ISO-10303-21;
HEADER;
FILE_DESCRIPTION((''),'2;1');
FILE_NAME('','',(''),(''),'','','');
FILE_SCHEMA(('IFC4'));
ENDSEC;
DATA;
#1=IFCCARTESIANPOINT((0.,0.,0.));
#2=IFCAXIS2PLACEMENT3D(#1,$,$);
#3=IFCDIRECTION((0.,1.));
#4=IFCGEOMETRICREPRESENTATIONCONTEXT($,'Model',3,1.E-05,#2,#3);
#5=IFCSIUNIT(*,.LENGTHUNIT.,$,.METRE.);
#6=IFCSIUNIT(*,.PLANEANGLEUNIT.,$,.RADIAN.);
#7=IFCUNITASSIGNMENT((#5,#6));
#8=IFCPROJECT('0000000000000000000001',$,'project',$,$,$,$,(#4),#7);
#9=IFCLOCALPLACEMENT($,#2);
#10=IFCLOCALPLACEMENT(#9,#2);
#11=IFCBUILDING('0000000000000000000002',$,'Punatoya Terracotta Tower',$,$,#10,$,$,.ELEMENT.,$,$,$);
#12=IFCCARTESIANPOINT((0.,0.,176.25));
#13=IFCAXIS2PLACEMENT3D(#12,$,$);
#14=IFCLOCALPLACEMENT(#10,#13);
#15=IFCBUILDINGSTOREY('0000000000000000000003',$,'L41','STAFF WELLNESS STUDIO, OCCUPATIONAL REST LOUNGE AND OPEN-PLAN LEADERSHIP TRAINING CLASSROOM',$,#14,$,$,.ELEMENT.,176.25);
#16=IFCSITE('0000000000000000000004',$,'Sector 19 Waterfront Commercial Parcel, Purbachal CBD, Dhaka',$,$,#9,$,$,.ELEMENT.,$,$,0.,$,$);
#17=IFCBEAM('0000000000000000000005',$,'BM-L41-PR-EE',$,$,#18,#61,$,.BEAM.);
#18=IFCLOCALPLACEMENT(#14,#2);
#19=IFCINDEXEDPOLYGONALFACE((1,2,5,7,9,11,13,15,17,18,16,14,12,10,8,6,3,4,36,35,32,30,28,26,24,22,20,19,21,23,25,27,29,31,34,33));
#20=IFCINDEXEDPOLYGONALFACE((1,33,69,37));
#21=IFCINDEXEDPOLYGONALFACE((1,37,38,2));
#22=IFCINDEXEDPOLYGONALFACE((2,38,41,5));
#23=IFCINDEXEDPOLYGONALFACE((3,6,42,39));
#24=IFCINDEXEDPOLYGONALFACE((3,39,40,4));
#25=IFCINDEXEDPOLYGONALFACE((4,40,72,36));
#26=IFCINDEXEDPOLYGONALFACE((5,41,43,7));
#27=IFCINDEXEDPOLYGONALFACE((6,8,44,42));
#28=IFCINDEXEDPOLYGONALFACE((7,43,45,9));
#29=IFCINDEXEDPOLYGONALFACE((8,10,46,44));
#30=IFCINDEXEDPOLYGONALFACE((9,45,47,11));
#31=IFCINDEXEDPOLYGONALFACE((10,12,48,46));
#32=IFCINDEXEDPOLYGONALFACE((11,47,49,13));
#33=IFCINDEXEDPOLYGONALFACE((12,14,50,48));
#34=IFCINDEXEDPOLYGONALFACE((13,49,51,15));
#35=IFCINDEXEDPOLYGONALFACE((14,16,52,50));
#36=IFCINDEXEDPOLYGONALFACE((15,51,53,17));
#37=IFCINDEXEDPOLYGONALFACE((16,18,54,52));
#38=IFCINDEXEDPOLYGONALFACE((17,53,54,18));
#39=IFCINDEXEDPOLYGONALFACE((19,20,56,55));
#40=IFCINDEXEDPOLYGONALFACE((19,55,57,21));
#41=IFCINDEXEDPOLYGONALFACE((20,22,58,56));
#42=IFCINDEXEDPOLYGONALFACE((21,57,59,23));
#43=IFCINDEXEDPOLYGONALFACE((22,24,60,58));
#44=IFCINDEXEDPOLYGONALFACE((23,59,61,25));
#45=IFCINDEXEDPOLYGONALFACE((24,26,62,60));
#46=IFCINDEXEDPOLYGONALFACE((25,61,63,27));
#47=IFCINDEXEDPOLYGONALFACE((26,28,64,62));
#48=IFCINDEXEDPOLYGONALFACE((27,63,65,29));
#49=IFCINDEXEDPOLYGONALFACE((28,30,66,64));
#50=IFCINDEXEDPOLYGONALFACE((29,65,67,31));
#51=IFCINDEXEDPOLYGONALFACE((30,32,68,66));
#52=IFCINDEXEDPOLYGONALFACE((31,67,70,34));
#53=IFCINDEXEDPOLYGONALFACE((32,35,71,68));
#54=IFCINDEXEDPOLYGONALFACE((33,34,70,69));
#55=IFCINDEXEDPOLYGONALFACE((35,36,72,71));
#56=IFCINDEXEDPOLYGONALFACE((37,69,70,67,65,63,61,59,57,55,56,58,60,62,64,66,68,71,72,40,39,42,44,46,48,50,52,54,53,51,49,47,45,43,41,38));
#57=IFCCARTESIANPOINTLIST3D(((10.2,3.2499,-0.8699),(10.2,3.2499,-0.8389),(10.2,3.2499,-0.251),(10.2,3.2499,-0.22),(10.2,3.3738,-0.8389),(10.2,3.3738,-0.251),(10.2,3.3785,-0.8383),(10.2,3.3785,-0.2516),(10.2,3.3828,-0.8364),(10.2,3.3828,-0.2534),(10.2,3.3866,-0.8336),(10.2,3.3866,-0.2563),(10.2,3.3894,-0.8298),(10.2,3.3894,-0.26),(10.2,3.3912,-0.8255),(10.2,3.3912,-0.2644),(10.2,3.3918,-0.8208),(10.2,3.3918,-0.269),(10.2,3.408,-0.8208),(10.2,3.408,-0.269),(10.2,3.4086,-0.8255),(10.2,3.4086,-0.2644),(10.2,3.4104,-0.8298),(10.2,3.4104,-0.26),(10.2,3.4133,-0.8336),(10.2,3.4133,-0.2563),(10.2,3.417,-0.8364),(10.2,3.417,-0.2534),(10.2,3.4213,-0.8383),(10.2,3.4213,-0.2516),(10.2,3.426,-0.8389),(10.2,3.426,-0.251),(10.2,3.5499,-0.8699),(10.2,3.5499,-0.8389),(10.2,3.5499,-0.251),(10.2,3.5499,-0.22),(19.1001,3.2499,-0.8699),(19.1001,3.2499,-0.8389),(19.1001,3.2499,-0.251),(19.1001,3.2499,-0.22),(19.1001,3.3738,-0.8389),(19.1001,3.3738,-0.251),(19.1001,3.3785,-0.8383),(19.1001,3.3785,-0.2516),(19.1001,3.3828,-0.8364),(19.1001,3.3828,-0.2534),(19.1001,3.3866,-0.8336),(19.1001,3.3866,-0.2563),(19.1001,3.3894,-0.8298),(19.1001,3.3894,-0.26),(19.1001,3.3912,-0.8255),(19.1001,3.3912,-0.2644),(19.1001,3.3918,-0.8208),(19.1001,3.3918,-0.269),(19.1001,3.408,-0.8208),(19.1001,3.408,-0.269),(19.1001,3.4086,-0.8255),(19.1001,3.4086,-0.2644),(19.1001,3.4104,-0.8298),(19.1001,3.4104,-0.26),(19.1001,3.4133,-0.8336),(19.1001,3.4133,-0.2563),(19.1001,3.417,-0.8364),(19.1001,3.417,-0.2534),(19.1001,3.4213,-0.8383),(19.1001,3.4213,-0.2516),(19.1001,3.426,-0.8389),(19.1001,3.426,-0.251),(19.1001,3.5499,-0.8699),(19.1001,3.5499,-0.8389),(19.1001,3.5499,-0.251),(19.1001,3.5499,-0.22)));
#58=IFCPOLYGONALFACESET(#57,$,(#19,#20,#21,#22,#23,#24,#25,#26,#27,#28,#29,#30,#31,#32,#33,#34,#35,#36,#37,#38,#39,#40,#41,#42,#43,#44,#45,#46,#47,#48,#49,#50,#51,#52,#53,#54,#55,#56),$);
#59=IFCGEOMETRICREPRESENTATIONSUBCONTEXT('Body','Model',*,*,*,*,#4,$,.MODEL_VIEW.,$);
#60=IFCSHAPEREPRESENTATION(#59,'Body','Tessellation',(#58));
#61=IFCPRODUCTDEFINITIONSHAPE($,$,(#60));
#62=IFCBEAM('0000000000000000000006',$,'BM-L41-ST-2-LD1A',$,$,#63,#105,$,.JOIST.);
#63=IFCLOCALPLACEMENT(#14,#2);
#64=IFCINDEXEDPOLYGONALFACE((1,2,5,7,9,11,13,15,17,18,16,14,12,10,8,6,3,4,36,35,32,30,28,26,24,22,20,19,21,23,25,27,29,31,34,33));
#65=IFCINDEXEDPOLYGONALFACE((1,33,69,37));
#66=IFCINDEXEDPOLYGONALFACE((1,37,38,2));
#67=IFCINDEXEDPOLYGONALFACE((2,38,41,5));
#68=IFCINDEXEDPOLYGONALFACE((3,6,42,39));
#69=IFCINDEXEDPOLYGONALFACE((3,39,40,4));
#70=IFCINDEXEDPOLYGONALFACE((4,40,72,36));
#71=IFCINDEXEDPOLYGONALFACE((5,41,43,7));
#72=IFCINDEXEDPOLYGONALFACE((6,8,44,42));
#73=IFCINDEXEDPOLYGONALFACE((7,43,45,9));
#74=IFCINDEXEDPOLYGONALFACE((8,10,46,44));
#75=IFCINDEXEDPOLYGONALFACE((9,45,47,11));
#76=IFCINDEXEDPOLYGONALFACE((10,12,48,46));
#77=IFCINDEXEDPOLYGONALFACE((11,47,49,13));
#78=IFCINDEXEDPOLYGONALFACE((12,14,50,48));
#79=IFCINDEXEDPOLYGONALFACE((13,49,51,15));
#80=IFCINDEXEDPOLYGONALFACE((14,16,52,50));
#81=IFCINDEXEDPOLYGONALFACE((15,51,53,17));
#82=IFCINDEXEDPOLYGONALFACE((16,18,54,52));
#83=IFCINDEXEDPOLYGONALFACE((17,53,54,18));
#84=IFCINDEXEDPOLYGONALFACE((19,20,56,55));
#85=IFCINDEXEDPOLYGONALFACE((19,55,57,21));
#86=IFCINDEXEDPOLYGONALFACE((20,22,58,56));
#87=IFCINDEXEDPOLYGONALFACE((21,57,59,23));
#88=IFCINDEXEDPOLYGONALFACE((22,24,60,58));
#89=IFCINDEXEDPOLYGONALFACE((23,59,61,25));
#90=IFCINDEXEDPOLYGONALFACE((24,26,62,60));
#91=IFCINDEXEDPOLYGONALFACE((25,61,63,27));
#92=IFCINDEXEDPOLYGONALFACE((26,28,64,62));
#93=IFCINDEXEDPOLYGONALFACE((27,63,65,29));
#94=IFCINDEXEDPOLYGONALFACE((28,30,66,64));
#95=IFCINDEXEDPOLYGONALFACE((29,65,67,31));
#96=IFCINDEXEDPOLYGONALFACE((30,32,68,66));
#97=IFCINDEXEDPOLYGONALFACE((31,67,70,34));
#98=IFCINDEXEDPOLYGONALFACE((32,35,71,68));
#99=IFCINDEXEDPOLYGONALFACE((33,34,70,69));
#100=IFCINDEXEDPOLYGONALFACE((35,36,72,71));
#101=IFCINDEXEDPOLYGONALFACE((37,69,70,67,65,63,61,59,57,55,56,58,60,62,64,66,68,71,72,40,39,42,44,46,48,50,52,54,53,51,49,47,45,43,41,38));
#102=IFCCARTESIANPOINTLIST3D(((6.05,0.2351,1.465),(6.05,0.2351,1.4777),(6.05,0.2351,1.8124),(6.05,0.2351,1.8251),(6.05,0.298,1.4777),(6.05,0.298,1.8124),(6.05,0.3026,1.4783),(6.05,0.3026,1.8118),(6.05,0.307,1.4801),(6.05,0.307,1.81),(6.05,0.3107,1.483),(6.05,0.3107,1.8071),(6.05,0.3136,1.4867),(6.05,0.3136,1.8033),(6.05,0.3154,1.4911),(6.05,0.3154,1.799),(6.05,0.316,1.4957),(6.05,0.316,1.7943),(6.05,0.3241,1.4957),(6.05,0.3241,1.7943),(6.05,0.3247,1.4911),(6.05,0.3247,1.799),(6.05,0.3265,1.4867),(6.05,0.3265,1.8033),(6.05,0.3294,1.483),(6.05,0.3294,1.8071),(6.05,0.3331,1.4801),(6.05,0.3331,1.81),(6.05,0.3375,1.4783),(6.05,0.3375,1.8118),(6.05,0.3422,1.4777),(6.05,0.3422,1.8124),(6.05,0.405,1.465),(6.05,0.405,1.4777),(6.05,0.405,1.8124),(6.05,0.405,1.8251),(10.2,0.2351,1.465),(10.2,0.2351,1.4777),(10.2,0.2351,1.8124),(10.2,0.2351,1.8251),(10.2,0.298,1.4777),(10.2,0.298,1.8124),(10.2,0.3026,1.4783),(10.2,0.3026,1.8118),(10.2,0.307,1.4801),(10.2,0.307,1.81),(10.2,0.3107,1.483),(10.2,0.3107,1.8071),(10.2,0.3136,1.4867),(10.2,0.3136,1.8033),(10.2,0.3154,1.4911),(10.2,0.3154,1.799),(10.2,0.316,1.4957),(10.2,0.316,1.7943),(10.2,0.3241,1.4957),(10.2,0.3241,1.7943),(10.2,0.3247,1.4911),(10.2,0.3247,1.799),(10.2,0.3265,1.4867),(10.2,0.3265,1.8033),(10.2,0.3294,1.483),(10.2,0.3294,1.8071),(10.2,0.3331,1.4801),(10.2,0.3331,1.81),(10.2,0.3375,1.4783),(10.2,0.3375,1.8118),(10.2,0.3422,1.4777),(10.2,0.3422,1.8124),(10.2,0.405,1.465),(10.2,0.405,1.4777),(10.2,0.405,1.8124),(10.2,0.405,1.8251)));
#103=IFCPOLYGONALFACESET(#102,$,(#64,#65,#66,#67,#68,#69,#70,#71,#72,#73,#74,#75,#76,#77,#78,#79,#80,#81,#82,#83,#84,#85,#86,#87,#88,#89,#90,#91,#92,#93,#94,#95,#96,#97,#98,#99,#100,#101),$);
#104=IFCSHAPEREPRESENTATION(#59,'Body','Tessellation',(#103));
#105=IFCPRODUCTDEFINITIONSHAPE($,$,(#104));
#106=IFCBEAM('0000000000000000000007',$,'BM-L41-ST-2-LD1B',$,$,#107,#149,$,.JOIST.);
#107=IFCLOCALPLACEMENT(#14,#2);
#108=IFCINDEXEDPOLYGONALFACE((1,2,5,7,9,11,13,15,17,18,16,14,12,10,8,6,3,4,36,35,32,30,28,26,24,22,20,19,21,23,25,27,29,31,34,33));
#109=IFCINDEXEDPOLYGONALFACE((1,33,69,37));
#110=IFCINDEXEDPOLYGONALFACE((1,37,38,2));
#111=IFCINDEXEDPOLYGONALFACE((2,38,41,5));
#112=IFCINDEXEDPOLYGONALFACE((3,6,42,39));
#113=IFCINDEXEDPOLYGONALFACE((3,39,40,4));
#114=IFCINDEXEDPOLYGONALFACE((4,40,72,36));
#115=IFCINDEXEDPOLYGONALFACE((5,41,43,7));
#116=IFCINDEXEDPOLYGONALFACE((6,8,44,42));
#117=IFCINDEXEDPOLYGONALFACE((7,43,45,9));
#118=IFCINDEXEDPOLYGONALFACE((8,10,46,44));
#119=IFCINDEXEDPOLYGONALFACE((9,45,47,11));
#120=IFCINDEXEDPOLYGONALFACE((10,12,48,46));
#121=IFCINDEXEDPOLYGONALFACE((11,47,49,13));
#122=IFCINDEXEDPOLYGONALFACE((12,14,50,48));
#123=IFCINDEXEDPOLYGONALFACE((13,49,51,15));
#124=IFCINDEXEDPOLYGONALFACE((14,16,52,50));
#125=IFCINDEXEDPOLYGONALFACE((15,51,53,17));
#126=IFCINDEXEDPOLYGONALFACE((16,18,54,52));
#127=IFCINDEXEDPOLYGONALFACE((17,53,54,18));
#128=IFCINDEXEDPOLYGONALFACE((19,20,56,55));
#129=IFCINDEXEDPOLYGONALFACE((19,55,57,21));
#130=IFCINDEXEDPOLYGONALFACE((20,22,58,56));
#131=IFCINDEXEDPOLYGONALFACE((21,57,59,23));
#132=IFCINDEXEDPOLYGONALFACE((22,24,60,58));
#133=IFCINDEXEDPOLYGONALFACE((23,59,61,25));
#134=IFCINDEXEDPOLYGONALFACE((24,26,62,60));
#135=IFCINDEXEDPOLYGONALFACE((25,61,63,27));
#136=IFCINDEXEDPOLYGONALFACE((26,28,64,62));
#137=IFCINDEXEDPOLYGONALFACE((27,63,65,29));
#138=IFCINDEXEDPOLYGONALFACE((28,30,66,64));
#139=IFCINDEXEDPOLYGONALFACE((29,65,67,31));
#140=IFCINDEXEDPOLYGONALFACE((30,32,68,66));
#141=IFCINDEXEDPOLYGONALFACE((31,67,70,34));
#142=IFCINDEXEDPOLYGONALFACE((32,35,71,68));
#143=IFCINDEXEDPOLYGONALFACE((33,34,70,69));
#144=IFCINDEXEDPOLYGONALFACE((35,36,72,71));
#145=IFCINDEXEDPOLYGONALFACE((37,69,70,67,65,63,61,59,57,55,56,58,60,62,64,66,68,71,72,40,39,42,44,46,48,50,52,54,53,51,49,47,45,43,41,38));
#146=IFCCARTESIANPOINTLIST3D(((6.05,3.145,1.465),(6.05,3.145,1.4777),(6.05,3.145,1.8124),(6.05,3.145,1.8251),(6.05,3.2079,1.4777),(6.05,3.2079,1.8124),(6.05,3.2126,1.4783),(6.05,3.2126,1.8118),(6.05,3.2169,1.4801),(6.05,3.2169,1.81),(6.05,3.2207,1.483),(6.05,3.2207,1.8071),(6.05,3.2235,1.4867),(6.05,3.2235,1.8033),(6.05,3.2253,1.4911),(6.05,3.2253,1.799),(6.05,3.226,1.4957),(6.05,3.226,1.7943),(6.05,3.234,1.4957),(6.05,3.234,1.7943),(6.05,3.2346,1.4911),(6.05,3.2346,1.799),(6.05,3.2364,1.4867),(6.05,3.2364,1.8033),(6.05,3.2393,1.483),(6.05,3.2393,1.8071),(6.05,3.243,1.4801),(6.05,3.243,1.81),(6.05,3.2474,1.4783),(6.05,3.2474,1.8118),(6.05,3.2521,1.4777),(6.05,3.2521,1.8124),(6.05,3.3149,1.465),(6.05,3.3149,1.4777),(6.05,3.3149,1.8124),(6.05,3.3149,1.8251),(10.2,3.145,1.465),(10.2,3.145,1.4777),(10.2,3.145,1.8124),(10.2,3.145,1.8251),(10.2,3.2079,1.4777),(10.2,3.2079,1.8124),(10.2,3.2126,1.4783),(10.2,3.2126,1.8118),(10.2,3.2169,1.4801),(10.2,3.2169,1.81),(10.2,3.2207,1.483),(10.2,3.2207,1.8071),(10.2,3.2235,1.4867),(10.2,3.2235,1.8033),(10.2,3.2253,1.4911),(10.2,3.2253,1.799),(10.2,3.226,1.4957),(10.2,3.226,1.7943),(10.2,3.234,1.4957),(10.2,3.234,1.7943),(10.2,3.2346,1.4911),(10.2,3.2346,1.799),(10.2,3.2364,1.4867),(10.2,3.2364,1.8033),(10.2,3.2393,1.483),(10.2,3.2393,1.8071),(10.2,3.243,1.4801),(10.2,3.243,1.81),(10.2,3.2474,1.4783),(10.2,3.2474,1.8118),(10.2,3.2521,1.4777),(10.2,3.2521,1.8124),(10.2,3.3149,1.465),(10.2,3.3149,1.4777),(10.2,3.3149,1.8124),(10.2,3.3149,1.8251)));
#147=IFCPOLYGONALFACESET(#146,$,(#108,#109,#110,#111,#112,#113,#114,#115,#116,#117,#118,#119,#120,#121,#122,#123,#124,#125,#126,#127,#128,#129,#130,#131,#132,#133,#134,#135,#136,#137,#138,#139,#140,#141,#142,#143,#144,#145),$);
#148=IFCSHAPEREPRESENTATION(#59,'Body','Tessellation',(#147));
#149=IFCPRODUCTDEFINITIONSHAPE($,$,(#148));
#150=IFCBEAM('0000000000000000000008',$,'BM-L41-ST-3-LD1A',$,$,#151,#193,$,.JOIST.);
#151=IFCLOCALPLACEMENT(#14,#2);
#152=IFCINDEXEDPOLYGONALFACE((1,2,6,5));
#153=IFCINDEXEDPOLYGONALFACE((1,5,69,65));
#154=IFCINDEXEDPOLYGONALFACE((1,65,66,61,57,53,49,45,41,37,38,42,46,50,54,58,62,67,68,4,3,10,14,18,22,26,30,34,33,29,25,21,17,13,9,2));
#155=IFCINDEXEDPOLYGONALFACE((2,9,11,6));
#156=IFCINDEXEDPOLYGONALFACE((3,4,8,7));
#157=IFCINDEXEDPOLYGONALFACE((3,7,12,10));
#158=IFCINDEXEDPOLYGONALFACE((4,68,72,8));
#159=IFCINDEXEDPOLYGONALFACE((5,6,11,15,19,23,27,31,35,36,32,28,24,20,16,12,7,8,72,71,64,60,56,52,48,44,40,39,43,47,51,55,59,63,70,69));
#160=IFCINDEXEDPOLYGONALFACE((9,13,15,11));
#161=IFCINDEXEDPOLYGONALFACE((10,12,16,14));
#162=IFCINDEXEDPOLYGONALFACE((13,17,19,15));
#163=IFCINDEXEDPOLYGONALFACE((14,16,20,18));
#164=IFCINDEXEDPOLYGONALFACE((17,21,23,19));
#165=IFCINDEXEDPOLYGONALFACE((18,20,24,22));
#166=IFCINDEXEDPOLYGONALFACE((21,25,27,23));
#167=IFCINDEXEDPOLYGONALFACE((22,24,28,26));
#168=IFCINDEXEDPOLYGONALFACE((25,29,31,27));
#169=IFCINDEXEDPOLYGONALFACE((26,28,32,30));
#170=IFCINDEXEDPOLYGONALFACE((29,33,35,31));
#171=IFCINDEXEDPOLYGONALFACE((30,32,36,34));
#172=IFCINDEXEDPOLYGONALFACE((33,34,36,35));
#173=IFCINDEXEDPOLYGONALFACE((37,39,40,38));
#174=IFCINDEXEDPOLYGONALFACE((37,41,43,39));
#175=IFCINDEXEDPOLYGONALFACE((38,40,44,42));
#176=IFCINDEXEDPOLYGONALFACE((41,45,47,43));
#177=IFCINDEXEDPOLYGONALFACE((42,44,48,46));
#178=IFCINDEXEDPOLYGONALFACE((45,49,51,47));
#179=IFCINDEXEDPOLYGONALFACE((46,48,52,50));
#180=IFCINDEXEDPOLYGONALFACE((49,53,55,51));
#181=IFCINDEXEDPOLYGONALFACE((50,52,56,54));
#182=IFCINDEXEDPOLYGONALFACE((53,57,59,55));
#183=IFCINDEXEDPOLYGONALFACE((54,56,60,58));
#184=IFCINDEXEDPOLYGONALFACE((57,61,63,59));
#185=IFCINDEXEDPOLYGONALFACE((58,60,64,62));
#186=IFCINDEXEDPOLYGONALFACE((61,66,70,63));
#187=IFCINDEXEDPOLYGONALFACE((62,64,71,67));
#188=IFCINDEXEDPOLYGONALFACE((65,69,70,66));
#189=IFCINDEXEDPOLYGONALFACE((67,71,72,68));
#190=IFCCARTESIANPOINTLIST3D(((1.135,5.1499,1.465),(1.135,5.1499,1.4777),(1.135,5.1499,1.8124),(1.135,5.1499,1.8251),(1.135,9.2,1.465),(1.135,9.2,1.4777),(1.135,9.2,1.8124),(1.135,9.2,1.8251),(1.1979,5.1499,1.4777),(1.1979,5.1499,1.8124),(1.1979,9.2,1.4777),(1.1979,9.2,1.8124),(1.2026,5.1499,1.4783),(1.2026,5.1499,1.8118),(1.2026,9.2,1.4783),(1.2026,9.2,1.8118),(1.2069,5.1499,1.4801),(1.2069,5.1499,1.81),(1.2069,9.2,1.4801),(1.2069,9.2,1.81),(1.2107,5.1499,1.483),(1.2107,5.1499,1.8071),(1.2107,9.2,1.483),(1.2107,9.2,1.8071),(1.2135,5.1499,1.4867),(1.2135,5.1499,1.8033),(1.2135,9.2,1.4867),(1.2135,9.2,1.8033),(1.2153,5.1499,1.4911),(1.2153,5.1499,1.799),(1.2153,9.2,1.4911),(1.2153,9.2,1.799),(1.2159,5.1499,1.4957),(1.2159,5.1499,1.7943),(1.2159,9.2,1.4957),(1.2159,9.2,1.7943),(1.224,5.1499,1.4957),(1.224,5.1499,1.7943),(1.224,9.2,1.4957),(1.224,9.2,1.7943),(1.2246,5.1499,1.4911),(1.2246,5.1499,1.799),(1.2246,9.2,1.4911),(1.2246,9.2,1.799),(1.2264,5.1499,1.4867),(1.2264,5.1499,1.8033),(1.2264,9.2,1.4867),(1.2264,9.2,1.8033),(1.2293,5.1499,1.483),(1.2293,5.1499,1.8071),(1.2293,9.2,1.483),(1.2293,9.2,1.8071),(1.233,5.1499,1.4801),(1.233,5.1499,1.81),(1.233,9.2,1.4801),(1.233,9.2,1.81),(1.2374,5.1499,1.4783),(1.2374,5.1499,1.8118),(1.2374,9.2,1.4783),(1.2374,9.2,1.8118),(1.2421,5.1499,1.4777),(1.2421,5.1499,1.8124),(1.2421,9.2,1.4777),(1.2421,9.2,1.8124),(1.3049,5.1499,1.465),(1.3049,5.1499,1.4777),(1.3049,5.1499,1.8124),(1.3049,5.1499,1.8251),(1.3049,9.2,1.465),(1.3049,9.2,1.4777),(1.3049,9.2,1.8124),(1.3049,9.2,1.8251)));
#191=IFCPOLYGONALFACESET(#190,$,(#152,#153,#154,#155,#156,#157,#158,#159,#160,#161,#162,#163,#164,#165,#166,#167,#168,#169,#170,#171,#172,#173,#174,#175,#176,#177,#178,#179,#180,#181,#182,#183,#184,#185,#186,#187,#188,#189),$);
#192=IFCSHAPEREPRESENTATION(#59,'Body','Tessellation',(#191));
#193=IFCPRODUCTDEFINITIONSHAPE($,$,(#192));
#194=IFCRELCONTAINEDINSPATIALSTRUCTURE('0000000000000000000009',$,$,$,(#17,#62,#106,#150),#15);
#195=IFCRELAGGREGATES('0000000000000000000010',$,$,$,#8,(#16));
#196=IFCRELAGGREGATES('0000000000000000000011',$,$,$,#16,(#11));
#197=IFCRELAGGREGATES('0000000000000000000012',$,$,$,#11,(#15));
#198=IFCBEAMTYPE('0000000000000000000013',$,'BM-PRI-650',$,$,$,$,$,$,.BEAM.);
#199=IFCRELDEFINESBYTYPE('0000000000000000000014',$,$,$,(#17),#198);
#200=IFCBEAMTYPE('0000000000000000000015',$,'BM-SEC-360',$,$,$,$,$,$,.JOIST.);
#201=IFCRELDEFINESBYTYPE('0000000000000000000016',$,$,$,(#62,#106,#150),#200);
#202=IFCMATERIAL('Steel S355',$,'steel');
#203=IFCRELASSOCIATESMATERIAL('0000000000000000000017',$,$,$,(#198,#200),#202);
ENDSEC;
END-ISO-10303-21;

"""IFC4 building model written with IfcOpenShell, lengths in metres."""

from ifc_helpers import new_model, si_unit, direction, frame, origin, origin_2d, place, context, subcontext, project, spatial, i_section, extrude, material, material_profile, profile_set, type_object, element, save


model = new_model("IFC4")

# Units and contexts
model_context = context("Model", 3, precision=1e-05, world=origin(), true_north=direction((0.0, 1.0)))
body_context = subcontext(model_context, "Body", "Model", "MODEL_VIEW")
ifc_project = project(units=[si_unit("LENGTHUNIT", "METRE"), si_unit("PLANEANGLEUNIT", "RADIAN")], contexts=[model_context])

# Site, building, storey
site_placement = place(None, origin())
site = spatial("IfcSite", under=ifc_project, at=site_placement, Name="Sector 19 Waterfront Commercial Parcel, Purbachal CBD, Dhaka", CompositionType="ELEMENT", RefElevation=0.0)
building_placement = place(site_placement, origin())
building = spatial("IfcBuilding", under=site, at=building_placement, Name="Punatoya Terracotta Tower", CompositionType="ELEMENT")
storey_placement = place(building_placement, frame((0.0, 0.0, 176.25)))
storey = spatial("IfcBuildingStorey", under=building, at=storey_placement, Name="L41", Description="STAFF WELLNESS STUDIO, OCCUPATIONAL REST LOUNGE AND OPEN-PLAN LEADERSHIP TRAINING CLASSROOM", CompositionType="ELEMENT", Elevation=176.25)

# Beams
ifc_material_1 = material(Name="Steel S355", Category="steel")
ifc_material_profile_1 = material_profile(ifc_material_1, i_section(OverallWidth=0.3, OverallDepth=0.6499, WebThickness=0.0161, FlangeThickness=0.031, FilletRadius=0.0181, at=origin_2d()))
ifc_profile_set_1 = profile_set([ifc_material_profile_1], Name="Steel S355")
beam_type_1 = type_object("IfcBeamType", Name="BM-PRI-650", PredefinedType="BEAM", material=ifc_profile_set_1)
beam_placement = place(storey_placement, frame((10.2, 3.3999, -0.5449), z_axis=(1.0, 0.0, 0.0), x_axis=(0.0, 1.0, 0.0)))
element("IfcBeam", 1, at=beam_placement, inside=storey, type_object=beam_type_1, Name="BM-L41-PR-EE", PredefinedType="BEAM", context=body_context, shape_type="SweptSolid", body=[
    extrude(i_section(OverallWidth=0.3, OverallDepth=0.6499, WebThickness=0.0161, FlangeThickness=0.031, FilletRadius=0.0181, at=origin_2d()), origin(), (0.0, 0.0, 1.0), 8.9001),
])
ifc_material_profile_2 = material_profile(ifc_material_1, i_section(OverallWidth=0.1699, OverallDepth=0.3601, WebThickness=0.0081, FlangeThickness=0.0127, FilletRadius=0.0181, at=origin_2d()))
ifc_profile_set_2 = profile_set([ifc_material_profile_2], Name="Steel S355")
beam_type_2 = type_object("IfcBeamType", Name="BM-SEC-360", PredefinedType="JOIST", material=ifc_profile_set_2)
for number, where, z_axis, x_axis, name in (
    (2, (6.05, 0.3201, 1.645), (1.0, 0.0, 0.0), (0.0, 1.0, 0.0), "BM-L41-ST-2-LD1A"),
    (3, (6.05, 3.23, 1.645), (1.0, 0.0, 0.0), (0.0, 1.0, 0.0), "BM-L41-ST-2-LD1B"),
):
    element("IfcBeam", number, at=place(storey_placement, frame(where, z_axis=z_axis, x_axis=x_axis)), inside=storey, type_object=beam_type_2, Name=name, PredefinedType="JOIST", context=body_context, shape_type="SweptSolid", body=[
        extrude(i_section(OverallWidth=0.1699, OverallDepth=0.3601, WebThickness=0.0081, FlangeThickness=0.0127, FilletRadius=0.0181, at=origin_2d()), origin(), (0.0, 0.0, 1.0), 4.1499),
    ])
for number, where, z_axis, x_axis, name in (
    (4, (1.22, 5.1499, 1.645), (0.0, 1.0, 0.0), (-1.0, 0.0, 0.0), "BM-L41-ST-3-LD1A"),
):
    element("IfcBeam", number, at=place(storey_placement, frame(where, z_axis=z_axis, x_axis=x_axis)), inside=storey, type_object=beam_type_2, Name=name, PredefinedType="JOIST", context=body_context, shape_type="SweptSolid", body=[
        extrude(i_section(OverallWidth=0.1699, OverallDepth=0.3601, WebThickness=0.0081, FlangeThickness=0.0127, FilletRadius=0.0181, at=origin_2d()), origin(), (0.0, 0.0, 1.0), 4.05),
    ])

save(model, "model.ifc")
